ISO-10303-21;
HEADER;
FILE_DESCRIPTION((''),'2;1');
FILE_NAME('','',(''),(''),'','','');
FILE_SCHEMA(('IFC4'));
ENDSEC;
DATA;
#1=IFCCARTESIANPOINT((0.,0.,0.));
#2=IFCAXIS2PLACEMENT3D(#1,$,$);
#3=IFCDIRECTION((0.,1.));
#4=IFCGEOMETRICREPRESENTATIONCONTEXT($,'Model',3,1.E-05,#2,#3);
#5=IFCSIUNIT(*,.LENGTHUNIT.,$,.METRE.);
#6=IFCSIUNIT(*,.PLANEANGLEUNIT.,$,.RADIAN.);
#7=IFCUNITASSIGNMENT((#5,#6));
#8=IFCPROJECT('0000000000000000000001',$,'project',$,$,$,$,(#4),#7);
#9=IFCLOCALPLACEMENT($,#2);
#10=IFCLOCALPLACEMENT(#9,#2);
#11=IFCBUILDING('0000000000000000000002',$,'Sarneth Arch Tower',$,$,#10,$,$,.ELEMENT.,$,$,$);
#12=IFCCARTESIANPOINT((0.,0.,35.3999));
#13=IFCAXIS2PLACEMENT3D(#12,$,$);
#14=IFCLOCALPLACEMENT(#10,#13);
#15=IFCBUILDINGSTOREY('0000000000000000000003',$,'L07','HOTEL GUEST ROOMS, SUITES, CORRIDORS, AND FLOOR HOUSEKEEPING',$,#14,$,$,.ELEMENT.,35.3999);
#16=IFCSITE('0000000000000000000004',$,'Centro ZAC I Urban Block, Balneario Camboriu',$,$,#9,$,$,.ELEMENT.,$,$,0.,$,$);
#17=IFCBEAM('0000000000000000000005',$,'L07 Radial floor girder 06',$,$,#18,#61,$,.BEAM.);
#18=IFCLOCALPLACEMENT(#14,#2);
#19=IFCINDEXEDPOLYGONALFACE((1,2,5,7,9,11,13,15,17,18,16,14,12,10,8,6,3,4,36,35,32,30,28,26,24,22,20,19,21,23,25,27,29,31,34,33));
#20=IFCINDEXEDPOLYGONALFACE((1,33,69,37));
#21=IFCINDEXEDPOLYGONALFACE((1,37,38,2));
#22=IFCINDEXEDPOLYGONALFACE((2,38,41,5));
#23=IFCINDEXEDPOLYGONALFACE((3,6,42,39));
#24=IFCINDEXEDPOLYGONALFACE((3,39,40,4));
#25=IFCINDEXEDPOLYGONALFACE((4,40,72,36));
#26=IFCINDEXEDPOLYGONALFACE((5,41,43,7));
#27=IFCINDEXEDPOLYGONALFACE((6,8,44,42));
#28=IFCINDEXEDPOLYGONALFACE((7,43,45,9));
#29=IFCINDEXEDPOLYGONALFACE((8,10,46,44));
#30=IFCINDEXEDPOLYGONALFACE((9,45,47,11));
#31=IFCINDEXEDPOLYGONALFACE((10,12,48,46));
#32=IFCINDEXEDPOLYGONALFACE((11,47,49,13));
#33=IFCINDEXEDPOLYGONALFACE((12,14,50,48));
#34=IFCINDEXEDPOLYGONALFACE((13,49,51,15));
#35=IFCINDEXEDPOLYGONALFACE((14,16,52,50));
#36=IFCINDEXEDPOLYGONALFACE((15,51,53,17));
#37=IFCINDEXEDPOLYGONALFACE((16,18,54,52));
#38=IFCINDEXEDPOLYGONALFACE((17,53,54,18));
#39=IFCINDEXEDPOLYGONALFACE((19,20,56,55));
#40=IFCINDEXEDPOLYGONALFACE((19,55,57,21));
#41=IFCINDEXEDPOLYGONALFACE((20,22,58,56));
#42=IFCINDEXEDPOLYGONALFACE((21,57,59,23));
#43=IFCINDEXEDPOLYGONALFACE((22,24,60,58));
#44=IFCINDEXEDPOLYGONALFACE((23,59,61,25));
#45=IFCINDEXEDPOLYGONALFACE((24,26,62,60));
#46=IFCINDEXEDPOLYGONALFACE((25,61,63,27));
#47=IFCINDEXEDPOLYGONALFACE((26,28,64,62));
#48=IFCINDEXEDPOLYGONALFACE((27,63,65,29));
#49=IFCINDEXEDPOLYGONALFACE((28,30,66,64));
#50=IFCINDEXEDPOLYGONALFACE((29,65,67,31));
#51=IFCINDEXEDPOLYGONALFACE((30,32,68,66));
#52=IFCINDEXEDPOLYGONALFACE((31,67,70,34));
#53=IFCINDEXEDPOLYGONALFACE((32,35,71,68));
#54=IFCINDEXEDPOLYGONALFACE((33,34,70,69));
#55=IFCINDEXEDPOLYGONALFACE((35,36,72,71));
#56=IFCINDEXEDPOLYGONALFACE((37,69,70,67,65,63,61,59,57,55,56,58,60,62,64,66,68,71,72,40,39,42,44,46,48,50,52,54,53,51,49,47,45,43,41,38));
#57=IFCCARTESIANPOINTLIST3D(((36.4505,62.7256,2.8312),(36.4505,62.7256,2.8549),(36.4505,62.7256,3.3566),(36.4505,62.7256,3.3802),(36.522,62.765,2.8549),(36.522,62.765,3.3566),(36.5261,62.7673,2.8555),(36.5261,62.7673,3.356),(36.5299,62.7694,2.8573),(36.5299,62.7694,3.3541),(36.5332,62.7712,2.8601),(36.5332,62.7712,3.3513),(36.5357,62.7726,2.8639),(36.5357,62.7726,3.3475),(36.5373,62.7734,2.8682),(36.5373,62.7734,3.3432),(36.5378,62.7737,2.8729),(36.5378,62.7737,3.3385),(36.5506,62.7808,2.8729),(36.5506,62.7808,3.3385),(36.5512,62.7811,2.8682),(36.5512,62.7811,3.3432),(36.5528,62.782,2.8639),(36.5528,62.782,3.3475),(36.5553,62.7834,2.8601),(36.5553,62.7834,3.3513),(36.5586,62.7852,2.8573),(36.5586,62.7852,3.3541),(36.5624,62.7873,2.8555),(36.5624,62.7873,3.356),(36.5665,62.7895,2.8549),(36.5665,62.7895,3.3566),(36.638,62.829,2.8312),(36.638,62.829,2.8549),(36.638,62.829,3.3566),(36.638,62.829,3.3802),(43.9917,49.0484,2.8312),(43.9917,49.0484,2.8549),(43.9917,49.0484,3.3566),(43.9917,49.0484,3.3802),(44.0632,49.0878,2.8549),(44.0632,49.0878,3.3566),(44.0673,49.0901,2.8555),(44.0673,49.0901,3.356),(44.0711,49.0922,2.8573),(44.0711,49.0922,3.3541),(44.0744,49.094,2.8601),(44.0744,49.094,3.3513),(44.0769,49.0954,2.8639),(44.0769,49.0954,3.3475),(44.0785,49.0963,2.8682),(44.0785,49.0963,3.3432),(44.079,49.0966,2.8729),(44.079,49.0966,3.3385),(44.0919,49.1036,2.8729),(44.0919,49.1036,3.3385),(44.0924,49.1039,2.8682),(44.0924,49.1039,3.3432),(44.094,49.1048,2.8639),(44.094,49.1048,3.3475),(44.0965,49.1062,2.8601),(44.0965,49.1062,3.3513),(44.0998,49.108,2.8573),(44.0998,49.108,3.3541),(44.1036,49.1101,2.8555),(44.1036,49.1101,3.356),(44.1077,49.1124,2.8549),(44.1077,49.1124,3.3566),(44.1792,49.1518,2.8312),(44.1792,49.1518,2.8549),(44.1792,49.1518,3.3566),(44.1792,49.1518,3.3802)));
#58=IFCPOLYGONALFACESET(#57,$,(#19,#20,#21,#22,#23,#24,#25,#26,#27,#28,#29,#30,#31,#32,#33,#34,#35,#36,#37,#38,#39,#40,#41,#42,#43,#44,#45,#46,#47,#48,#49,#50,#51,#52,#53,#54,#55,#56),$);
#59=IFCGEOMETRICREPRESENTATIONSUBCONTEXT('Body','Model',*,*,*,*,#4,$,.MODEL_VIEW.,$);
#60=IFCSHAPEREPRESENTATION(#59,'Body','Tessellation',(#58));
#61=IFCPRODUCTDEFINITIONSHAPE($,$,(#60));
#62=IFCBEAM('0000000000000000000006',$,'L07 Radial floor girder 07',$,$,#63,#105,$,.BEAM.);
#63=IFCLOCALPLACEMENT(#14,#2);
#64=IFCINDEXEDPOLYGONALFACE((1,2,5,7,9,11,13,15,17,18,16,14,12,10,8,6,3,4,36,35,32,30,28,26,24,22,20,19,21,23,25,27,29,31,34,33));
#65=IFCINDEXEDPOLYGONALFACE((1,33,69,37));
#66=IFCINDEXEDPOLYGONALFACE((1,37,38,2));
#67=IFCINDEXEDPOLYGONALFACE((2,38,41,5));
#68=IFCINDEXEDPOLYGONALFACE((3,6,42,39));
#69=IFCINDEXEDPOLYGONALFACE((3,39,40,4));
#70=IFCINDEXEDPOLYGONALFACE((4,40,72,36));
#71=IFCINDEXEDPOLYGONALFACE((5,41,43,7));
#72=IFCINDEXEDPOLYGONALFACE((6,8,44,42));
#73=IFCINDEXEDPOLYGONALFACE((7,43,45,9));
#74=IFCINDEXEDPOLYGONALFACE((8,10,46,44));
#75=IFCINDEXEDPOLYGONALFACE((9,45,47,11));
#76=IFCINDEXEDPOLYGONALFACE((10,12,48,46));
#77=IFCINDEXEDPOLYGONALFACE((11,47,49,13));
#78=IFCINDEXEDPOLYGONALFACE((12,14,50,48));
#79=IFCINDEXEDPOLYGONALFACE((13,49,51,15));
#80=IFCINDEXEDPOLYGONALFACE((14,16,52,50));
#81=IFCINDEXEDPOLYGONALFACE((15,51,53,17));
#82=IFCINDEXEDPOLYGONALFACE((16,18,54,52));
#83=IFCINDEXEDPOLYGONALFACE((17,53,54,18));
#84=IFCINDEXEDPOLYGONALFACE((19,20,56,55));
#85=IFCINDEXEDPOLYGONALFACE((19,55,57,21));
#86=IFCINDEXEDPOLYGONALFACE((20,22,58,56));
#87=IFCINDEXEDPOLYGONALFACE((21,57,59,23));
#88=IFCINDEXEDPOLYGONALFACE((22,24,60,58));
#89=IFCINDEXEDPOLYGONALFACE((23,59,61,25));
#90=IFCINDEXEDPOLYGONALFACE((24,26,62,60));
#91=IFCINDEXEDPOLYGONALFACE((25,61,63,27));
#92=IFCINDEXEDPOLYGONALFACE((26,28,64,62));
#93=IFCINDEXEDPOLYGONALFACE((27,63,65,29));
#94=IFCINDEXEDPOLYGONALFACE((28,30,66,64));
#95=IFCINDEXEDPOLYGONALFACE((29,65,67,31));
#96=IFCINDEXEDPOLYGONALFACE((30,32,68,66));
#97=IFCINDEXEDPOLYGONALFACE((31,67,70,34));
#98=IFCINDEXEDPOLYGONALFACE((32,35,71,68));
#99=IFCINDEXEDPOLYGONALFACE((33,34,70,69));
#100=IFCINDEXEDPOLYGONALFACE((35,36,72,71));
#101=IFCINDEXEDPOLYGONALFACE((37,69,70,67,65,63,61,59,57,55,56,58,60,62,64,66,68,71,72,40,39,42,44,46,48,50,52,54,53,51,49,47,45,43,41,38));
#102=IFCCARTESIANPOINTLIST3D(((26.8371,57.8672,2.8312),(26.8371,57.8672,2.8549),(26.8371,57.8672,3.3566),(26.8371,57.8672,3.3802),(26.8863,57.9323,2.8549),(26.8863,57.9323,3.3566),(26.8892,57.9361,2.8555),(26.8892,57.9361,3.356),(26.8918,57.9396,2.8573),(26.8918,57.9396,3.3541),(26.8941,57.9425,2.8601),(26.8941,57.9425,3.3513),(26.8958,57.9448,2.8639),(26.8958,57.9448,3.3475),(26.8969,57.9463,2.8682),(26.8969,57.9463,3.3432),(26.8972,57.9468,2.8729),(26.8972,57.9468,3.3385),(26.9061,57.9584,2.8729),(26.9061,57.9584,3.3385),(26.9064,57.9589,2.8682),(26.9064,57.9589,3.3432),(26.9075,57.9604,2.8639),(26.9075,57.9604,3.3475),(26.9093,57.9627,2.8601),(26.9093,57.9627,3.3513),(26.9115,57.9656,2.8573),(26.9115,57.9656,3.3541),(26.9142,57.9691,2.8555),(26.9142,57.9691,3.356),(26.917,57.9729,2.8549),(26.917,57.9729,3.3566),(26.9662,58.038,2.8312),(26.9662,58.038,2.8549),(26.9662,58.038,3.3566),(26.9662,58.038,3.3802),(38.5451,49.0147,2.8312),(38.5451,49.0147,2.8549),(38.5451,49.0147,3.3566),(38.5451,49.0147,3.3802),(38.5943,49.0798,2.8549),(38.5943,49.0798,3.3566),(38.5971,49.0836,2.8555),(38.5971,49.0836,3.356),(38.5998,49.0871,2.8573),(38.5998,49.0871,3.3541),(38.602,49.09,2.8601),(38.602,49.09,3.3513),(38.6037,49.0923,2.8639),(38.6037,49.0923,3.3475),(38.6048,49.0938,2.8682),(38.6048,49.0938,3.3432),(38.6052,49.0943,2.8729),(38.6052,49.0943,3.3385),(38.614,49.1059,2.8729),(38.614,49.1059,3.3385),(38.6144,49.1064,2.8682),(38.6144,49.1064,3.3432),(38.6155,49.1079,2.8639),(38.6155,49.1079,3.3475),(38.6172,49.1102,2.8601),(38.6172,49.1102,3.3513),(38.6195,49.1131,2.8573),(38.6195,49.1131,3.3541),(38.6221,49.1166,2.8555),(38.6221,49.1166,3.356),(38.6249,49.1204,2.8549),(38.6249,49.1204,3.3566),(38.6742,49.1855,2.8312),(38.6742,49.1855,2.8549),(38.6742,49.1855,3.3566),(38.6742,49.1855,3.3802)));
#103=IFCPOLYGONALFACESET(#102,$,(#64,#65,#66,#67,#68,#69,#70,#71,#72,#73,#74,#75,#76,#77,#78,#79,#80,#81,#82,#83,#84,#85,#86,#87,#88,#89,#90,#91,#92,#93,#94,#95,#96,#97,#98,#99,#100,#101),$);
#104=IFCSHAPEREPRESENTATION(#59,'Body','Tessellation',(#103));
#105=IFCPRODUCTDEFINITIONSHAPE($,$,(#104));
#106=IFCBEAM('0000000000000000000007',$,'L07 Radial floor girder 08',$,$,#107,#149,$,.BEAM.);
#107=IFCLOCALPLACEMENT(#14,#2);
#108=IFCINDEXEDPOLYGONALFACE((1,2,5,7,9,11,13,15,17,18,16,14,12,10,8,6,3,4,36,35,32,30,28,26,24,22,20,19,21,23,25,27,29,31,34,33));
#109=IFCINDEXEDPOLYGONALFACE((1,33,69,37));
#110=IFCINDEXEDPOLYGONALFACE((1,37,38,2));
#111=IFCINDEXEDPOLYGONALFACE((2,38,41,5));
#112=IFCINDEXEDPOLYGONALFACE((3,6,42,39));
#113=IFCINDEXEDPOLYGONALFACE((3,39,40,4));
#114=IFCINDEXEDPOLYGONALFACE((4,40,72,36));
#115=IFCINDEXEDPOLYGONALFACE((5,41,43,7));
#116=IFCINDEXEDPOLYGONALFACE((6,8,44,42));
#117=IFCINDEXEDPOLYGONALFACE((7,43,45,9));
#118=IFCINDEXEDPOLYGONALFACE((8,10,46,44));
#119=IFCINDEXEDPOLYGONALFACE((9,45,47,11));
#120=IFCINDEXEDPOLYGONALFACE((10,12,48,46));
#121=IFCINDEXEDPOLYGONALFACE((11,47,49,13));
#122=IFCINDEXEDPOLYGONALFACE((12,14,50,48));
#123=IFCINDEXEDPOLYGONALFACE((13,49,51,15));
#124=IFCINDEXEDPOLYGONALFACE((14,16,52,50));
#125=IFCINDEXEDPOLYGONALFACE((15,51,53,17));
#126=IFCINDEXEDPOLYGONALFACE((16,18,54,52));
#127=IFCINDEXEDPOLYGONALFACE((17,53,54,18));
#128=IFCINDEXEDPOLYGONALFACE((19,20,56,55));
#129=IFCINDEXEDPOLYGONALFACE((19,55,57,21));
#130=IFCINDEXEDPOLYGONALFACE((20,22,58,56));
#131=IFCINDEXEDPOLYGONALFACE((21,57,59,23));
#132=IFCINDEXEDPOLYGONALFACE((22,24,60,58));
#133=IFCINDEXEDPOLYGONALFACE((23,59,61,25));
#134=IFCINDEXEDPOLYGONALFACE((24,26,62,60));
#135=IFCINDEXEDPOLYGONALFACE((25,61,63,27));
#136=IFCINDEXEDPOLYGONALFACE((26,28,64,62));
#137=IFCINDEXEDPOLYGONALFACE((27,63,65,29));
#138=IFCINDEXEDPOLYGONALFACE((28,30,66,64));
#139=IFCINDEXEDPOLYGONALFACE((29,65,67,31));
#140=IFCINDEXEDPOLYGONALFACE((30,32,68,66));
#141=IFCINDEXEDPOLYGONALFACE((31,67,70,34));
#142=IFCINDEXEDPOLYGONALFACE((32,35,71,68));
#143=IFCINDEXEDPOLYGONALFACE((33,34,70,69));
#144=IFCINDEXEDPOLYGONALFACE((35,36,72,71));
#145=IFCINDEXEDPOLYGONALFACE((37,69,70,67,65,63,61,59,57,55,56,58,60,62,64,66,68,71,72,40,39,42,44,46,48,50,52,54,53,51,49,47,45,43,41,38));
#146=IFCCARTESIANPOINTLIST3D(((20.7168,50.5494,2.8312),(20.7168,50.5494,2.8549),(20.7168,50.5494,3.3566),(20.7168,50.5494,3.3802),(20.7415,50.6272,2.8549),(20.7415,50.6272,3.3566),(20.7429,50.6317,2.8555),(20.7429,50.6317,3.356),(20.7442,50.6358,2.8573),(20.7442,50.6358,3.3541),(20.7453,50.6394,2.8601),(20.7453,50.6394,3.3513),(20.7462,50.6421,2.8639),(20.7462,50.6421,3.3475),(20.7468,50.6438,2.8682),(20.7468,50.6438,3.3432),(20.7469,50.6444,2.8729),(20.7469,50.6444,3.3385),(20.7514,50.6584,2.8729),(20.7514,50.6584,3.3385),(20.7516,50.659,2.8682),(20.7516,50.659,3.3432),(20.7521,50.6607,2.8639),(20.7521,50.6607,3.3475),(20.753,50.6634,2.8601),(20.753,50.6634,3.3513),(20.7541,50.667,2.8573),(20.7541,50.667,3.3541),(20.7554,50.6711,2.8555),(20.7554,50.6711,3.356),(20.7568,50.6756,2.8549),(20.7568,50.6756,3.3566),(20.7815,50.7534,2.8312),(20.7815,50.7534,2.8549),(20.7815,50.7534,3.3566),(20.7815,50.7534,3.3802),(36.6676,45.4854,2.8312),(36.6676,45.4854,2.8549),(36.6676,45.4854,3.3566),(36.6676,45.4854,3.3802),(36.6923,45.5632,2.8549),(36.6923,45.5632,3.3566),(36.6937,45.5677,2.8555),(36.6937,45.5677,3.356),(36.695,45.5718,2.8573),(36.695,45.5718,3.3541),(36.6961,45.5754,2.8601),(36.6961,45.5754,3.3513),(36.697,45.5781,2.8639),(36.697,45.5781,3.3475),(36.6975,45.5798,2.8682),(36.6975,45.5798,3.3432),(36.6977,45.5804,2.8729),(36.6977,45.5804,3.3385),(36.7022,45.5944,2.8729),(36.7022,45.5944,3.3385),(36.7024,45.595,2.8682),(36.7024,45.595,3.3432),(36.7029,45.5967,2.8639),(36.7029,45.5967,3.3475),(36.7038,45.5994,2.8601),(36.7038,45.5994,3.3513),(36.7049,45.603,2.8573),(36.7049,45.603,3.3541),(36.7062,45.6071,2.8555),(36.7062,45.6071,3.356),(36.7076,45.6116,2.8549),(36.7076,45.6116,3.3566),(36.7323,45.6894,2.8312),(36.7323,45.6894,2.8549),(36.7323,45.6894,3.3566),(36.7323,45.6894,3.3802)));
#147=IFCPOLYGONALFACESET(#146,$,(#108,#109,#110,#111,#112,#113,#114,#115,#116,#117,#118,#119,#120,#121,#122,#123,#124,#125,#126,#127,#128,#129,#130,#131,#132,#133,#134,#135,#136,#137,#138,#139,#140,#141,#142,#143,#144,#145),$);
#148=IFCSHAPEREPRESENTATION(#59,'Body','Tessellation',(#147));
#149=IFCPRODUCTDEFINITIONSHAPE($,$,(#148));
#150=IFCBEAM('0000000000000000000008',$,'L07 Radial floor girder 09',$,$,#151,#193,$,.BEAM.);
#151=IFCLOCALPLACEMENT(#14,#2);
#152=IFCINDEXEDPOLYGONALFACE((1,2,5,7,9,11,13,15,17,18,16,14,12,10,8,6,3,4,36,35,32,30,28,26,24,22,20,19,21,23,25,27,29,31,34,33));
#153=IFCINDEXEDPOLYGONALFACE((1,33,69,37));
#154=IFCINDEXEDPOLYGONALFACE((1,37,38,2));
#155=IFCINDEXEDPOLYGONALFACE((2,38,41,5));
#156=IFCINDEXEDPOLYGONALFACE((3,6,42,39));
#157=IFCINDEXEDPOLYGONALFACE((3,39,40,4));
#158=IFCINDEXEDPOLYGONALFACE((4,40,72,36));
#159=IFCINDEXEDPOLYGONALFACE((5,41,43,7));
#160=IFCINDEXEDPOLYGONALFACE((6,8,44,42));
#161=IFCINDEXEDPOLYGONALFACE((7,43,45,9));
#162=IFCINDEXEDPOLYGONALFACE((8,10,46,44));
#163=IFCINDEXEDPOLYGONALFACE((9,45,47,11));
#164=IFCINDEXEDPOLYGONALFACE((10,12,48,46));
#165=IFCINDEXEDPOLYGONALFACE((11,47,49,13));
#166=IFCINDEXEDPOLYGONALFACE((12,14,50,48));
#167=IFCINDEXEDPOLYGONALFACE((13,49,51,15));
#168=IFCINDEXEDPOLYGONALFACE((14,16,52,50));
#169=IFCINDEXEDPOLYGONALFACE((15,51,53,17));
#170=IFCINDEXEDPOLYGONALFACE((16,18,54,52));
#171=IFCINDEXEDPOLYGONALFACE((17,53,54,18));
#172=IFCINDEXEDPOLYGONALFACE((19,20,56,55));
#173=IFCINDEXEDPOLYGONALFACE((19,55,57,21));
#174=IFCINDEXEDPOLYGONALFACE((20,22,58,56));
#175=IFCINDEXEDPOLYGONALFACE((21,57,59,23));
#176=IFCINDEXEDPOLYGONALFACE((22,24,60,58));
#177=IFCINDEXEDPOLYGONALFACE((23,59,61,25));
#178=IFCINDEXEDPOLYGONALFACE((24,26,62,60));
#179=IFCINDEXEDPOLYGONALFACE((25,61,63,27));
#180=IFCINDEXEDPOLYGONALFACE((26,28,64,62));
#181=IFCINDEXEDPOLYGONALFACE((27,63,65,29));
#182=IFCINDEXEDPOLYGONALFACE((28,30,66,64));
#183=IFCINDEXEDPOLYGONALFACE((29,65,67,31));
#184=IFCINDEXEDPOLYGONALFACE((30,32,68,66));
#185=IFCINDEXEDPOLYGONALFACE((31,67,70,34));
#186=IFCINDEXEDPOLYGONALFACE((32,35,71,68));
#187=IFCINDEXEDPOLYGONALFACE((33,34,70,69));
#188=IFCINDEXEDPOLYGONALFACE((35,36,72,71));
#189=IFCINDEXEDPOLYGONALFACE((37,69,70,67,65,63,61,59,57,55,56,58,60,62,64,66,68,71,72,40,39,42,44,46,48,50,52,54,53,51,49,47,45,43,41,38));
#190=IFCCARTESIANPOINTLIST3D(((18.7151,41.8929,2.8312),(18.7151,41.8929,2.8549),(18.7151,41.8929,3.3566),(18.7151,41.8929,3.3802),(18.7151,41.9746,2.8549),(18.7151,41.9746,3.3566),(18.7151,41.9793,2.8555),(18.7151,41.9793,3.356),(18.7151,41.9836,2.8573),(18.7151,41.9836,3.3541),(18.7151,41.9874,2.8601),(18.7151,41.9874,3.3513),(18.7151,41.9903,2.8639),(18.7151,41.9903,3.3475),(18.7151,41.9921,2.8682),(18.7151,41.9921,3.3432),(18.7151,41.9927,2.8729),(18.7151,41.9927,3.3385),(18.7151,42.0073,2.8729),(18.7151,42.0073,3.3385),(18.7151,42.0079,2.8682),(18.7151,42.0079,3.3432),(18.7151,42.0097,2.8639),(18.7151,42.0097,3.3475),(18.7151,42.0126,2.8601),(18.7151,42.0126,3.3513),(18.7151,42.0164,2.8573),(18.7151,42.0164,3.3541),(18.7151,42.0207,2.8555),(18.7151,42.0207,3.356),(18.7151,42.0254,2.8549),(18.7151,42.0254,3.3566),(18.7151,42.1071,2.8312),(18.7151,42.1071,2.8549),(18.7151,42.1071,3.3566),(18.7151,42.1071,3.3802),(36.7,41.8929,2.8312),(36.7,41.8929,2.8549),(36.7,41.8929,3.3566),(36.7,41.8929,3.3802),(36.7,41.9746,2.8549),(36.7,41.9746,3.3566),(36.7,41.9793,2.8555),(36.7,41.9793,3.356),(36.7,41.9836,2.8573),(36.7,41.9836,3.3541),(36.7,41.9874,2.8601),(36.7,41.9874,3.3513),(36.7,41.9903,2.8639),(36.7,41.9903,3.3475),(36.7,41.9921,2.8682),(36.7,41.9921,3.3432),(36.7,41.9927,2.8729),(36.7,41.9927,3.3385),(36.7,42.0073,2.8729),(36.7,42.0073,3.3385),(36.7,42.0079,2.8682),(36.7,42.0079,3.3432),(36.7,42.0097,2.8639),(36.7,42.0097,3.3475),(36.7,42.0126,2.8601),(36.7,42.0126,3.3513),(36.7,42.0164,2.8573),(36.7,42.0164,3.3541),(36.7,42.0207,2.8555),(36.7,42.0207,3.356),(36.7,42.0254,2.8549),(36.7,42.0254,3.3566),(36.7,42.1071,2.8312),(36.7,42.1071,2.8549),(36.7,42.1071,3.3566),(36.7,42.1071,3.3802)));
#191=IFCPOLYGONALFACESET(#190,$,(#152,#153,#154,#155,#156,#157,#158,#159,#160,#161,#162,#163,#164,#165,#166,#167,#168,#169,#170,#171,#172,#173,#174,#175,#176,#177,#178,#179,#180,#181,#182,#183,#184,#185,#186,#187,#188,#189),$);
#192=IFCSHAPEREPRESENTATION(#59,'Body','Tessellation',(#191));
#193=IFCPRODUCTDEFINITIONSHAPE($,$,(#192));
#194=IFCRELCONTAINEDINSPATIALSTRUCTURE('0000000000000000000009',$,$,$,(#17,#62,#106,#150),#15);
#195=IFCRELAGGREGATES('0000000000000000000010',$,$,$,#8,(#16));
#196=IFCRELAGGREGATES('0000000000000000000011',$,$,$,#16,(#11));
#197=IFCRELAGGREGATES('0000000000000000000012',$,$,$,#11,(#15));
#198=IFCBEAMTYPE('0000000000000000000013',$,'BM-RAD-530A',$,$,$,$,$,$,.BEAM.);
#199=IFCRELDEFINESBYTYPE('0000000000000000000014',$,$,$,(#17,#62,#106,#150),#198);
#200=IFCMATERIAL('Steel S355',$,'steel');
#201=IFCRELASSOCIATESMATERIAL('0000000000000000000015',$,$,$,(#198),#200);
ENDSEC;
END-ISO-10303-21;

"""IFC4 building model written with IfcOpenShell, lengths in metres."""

from ifc_helpers import new_model, si_unit, direction, frame, origin, origin_2d, place, context, subcontext, project, spatial, i_section, extrude, material, material_profile, profile_set, type_object, element, save


model = new_model("IFC4")

# Units and contexts
model_context = context("Model", 3, precision=1e-05, world=origin(), true_north=direction((0.0, 1.0)))
body_context = subcontext(model_context, "Body", "Model", "MODEL_VIEW")
ifc_project = project(units=[si_unit("LENGTHUNIT", "METRE"), si_unit("PLANEANGLEUNIT", "RADIAN")], contexts=[model_context])

# Site, building, storey
site_placement = place(None, origin())
site = spatial("IfcSite", under=ifc_project, at=site_placement, Name="Centro ZAC I Urban Block, Balneario Camboriu", CompositionType="ELEMENT", RefElevation=0.0)
building_placement = place(site_placement, origin())
building = spatial("IfcBuilding", under=site, at=building_placement, Name="Sarneth Arch Tower", CompositionType="ELEMENT")
storey_placement = place(building_placement, frame((0.0, 0.0, 35.3999)))
storey = spatial("IfcBuildingStorey", under=building, at=storey_placement, Name="L07", Description="HOTEL GUEST ROOMS, SUITES, CORRIDORS, AND FLOOR HOUSEKEEPING", CompositionType="ELEMENT", Elevation=35.3999)

# Beams
ifc_material_1 = material(Name="Steel S355", Category="steel")
ifc_material_profile = material_profile(ifc_material_1, i_section(OverallWidth=0.2141, OverallDepth=0.5491, WebThickness=0.0146, FlangeThickness=0.0237, FilletRadius=0.0181, at=origin_2d()), Name="W530x138")
ifc_profile_set = profile_set([ifc_material_profile], Name="Steel S355")
beam_type = type_object("IfcBeamType", Name="BM-RAD-530A", PredefinedType="BEAM", material=ifc_profile_set)
beam_1_placement = place(storey_placement, frame((44.0854, 49.1001, 3.1057), z_axis=(-0.482841, 0.875708, 0.0), x_axis=(-0.875708, -0.482841, 0.0)))
element("IfcBeam", 1, at=beam_1_placement, inside=storey, type_object=beam_type, Name="L07 Radial floor girder 06", PredefinedType="BEAM", context=body_context, shape_type="SweptSolid", body=[
    extrude(i_section(OverallWidth=0.2141, OverallDepth=0.5491, WebThickness=0.0146, FlangeThickness=0.0237, FilletRadius=0.0181, at=origin_2d()), origin(), (0.0, 0.0, 1.0), 15.6184),
])
beam_2_placement = place(storey_placement, frame((38.6096, 49.1001, 3.1057), z_axis=(-0.797655, 0.603114, 0.0), x_axis=(-0.603114, -0.797655, 0.0)))
element("IfcBeam", 2, at=beam_2_placement, inside=storey, type_object=beam_type, Name="L07 Radial floor girder 07", PredefinedType="BEAM", context=body_context, shape_type="SweptSolid", body=[
    extrude(i_section(OverallWidth=0.2141, OverallDepth=0.5491, WebThickness=0.0146, FlangeThickness=0.0237, FilletRadius=0.0181, at=origin_2d()), origin(), (0.0, 0.0, 1.0), 14.678),
])
beam_3_placement = place(storey_placement, frame((36.7, 45.5874, 3.1057), z_axis=(-0.95312, 0.302593, 0.0), x_axis=(-0.302593, -0.95312, 0.0)))
element("IfcBeam", 3, at=beam_3_placement, inside=storey, type_object=beam_type, Name="L07 Radial floor girder 08", PredefinedType="BEAM", context=body_context, shape_type="SweptSolid", body=[
    extrude(i_section(OverallWidth=0.2141, OverallDepth=0.5491, WebThickness=0.0146, FlangeThickness=0.0237, FilletRadius=0.0181, at=origin_2d()), origin(), (0.0, 0.0, 1.0), 16.7354),
])
beam_4_placement = place(storey_placement, frame((36.7, 42.0, 3.1057), z_axis=(-1.0, 0.0, 0.0), x_axis=(0.0, -1.0, 0.0)))
element("IfcBeam", 4, at=beam_4_placement, inside=storey, type_object=beam_type, Name="L07 Radial floor girder 09", PredefinedType="BEAM", context=body_context, shape_type="SweptSolid", body=[
    extrude(i_section(OverallWidth=0.2141, OverallDepth=0.5491, WebThickness=0.0146, FlangeThickness=0.0237, FilletRadius=0.0181, at=origin_2d()), origin(), (0.0, 0.0, 1.0), 17.9849),
])

save(model, "model.ifc")
